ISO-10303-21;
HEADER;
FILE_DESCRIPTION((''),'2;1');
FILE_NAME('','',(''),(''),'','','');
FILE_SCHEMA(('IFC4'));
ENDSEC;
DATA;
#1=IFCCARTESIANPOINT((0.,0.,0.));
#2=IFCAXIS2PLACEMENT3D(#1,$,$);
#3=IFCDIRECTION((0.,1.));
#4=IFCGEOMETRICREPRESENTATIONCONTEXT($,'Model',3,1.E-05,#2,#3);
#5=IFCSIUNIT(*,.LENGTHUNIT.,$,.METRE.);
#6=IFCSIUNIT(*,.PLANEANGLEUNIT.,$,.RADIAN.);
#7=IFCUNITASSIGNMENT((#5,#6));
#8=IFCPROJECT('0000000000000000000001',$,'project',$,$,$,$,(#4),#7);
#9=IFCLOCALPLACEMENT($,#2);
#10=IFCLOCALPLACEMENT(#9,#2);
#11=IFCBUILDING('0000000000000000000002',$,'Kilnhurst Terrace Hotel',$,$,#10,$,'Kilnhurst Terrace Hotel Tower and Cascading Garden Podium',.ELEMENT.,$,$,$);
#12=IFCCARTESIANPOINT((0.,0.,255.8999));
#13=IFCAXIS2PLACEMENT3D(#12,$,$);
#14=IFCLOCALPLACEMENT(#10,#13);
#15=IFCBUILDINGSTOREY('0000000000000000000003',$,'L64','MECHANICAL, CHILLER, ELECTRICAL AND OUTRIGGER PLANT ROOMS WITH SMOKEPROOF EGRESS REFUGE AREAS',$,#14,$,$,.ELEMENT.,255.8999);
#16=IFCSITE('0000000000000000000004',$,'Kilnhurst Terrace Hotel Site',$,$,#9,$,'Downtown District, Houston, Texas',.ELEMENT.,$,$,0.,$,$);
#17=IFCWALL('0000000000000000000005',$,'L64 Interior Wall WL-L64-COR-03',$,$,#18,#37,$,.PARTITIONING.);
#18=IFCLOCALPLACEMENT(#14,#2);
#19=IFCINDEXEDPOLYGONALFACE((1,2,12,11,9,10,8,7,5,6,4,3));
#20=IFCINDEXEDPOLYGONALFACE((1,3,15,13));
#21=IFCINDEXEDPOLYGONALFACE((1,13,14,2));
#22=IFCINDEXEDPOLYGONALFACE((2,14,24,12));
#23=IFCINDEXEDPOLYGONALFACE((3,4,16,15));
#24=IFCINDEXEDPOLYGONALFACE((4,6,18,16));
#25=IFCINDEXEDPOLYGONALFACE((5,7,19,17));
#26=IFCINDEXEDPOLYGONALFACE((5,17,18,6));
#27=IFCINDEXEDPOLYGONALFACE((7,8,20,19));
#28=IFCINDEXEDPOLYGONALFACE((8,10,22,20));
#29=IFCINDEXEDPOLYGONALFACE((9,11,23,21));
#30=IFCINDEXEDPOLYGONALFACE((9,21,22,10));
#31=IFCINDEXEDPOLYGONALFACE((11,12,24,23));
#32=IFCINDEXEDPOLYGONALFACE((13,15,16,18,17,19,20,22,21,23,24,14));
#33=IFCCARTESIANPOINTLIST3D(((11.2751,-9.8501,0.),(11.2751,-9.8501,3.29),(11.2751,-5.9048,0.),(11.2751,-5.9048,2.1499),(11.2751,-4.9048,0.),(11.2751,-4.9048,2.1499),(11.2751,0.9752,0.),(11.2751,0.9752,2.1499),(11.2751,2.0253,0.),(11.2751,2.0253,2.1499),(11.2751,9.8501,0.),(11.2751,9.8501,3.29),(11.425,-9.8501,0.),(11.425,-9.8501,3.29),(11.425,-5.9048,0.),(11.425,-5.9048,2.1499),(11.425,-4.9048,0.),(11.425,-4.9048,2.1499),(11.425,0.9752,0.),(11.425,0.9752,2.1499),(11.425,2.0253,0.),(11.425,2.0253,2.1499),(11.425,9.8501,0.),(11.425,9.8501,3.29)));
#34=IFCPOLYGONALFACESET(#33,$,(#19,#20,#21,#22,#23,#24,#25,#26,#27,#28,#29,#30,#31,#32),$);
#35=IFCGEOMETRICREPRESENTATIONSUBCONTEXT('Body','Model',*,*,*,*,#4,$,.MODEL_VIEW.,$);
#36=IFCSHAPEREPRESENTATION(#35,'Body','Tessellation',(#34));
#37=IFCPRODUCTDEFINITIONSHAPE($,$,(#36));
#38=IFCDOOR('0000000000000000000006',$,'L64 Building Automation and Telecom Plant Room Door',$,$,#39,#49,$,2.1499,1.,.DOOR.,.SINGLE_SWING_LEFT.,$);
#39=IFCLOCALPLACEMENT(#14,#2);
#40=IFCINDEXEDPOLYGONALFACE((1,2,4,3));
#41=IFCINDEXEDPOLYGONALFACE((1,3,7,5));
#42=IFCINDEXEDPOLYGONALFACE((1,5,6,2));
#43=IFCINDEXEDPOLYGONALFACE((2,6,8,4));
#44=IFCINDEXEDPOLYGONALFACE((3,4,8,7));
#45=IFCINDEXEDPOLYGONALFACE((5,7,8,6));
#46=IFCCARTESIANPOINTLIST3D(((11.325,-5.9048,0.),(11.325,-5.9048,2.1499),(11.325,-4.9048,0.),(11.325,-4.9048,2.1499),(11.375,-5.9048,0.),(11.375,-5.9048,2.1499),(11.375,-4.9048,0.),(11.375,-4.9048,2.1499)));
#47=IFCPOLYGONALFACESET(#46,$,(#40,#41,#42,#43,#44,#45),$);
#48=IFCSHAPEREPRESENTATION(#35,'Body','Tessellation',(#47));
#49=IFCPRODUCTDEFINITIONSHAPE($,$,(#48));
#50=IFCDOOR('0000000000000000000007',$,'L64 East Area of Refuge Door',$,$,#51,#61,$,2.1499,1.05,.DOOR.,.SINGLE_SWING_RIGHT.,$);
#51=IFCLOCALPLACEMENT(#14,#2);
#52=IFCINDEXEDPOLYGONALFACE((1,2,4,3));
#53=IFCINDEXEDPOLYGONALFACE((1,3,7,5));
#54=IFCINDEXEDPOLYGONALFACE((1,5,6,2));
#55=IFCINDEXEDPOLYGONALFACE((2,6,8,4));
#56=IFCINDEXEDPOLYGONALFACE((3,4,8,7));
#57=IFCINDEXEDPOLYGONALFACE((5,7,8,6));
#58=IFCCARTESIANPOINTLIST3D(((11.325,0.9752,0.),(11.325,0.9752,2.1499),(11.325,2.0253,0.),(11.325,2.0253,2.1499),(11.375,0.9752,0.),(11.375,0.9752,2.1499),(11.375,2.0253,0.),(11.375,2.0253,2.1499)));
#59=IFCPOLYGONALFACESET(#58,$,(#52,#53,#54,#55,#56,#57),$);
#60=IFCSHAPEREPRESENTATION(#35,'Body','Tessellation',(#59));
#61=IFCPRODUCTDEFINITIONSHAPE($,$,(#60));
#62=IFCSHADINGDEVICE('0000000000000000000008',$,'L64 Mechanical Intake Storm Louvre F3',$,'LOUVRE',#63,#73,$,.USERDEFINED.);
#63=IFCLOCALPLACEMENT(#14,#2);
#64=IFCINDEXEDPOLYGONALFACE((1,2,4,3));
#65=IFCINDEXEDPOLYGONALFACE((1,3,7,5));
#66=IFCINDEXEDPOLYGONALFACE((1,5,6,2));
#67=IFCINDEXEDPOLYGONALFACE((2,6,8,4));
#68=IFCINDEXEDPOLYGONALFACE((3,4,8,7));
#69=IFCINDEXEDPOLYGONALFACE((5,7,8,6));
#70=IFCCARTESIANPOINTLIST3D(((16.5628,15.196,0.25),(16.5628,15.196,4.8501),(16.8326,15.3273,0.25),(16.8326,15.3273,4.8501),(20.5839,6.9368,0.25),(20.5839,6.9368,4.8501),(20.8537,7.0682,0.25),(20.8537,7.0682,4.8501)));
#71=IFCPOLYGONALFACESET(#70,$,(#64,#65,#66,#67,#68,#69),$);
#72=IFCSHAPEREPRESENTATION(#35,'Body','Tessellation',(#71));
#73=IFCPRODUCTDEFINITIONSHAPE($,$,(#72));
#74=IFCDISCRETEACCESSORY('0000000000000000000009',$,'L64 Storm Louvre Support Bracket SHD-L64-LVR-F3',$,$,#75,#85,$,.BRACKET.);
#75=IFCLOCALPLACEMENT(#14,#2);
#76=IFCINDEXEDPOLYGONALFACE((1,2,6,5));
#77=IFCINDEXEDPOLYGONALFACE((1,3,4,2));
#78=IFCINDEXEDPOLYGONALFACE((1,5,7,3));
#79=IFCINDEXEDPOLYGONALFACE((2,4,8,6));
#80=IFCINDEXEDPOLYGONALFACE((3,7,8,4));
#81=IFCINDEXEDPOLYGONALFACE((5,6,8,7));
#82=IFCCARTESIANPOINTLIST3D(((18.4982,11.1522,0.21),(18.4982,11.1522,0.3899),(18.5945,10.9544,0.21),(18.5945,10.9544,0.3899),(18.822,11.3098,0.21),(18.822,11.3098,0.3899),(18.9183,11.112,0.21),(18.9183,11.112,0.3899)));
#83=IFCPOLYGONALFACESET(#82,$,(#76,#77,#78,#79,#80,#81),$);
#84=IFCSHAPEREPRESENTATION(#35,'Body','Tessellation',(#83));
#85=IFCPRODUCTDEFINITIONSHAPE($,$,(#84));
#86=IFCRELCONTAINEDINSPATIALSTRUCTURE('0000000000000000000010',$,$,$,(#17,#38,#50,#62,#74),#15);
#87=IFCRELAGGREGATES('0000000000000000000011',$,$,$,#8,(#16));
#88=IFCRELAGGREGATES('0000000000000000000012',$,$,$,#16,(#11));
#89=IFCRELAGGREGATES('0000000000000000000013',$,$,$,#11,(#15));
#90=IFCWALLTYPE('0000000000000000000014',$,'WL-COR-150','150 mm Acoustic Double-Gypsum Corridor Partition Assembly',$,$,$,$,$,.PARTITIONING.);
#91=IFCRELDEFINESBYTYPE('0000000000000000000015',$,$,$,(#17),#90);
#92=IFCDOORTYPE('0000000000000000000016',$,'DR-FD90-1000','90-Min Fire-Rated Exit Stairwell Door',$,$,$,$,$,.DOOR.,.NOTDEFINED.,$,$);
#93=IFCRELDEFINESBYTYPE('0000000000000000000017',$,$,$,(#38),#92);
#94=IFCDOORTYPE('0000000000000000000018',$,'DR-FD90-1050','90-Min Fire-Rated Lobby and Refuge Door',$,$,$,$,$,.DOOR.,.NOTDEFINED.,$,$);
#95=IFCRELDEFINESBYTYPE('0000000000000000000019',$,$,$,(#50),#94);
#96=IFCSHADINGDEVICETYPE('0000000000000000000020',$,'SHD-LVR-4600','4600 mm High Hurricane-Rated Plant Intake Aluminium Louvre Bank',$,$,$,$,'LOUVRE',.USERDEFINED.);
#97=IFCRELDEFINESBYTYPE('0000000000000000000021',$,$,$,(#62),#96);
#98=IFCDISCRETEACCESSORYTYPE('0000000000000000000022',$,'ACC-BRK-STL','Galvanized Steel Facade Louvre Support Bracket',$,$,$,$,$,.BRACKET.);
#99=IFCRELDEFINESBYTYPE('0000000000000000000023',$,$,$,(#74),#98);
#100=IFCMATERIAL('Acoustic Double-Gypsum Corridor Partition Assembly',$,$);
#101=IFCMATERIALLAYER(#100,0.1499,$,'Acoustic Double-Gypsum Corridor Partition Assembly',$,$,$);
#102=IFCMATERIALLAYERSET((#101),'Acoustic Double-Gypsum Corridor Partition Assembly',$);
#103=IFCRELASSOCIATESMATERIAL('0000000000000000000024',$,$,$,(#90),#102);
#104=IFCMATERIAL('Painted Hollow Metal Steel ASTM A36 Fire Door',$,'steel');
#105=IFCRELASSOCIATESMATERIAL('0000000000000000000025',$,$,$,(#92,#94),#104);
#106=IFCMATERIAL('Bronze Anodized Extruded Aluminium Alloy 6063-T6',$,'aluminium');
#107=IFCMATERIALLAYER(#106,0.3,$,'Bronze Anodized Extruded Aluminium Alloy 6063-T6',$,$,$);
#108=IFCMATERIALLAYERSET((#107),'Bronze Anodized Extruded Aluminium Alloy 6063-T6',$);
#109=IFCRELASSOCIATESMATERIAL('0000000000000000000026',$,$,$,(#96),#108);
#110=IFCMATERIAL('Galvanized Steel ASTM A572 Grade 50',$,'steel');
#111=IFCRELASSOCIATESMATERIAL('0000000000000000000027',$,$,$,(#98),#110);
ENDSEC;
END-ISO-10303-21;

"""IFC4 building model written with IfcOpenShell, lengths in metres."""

from ifc_helpers import new_model, si_unit, direction, frame, frame_2d, origin, origin_2d, place, context, subcontext, project, spatial, rectangle, extrude, material, layer, layer_set, type_object, element, fill, save


model = new_model("IFC4")

# Units and contexts
model_context = context("Model", 3, precision=1e-05, world=origin(), true_north=direction((0.0, 1.0)))
body_context = subcontext(model_context, "Body", "Model", "MODEL_VIEW")
ifc_project = project(units=[si_unit("LENGTHUNIT", "METRE"), si_unit("PLANEANGLEUNIT", "RADIAN")], contexts=[model_context])

# Site, building, storey
site_placement = place(None, origin())
site = spatial("IfcSite", under=ifc_project, at=site_placement, Name="Kilnhurst Terrace Hotel Site", LongName="Downtown District, Houston, Texas", CompositionType="ELEMENT", RefElevation=0.0)
building_placement = place(site_placement, origin())
building = spatial("IfcBuilding", under=site, at=building_placement, Name="Kilnhurst Terrace Hotel", LongName="Kilnhurst Terrace Hotel Tower and Cascading Garden Podium", CompositionType="ELEMENT")
storey_placement = place(building_placement, frame((0.0, 0.0, 255.8999)))
storey = spatial("IfcBuildingStorey", under=building, at=storey_placement, Name="L64", Description="MECHANICAL, CHILLER, ELECTRICAL AND OUTRIGGER PLANT ROOMS WITH SMOKEPROOF EGRESS REFUGE AREAS", CompositionType="ELEMENT", Elevation=255.8999)

# Wall, openings, doors
ifc_material_1 = material(Name="Acoustic Double-Gypsum Corridor Partition Assembly")
ifc_layer_1 = layer(ifc_material_1, 0.1499, Name="Acoustic Double-Gypsum Corridor Partition Assembly")
ifc_layer_set_1 = layer_set([ifc_layer_1], Name="Acoustic Double-Gypsum Corridor Partition Assembly")
wall_type_1 = type_object("IfcWallType", Name="WL-COR-150", Description="150 mm Acoustic Double-Gypsum Corridor Partition Assembly", PredefinedType="PARTITIONING", material=ifc_layer_set_1)
wall_1_placement = place(storey_placement, frame((11.3501, 9.8501, 0.0), z_axis=(0.0, 0.0, 1.0), x_axis=(0.0, -1.0, 0.0)))
wall_1 = element("IfcWall", 1, at=wall_1_placement, inside=storey, type_object=wall_type_1, Name="L64 Interior Wall WL-L64-COR-03", PredefinedType="PARTITIONING", context=body_context, shape_type="SweptSolid", body=[
    extrude(rectangle(XDim=19.7002, YDim=0.1499, at=frame_2d((9.8501, 0.0))), origin(), (0.0, 0.0, 1.0), 3.29),
])
opening_1_placement = place(wall_1_placement, frame((7.825, 0.0, 0.0)))
opening_1 = element("IfcOpeningElement", 2, at=opening_1_placement, cuts=wall_1, PredefinedType="OPENING", context=body_context, shape_type="SweptSolid", body=[
    extrude(rectangle(XDim=1.05, YDim=2.1499, at=frame_2d((0.5249, 1.075))), frame((0.0, 0.085, 0.0), z_axis=(0.0, -1.0, 0.0), x_axis=(1.0, 0.0, 0.0)), (0.0, 0.0, 1.0), 0.1699),
])
opening_2_placement = place(wall_1_placement, frame((14.7549, 0.0, 0.0)))
opening_2 = element("IfcOpeningElement", 3, at=opening_2_placement, cuts=wall_1, PredefinedType="OPENING", context=body_context, shape_type="SweptSolid", body=[
    extrude(rectangle(XDim=1.0, YDim=2.1499, at=frame_2d((0.5, 1.075))), frame((0.0, 0.085, 0.0), z_axis=(0.0, -1.0, 0.0), x_axis=(1.0, 0.0, 0.0)), (0.0, 0.0, 1.0), 0.1699),
])
ifc_material_2 = material(Name="Painted Hollow Metal Steel ASTM A36 Fire Door", Category="steel")
door_type_1 = type_object("IfcDoorType", Name="DR-FD90-1000", Description="90-Min Fire-Rated Exit Stairwell Door", OperationType="NOTDEFINED", PredefinedType="DOOR", material=ifc_material_2)
door_1_placement = place(opening_2_placement, origin())
door_1 = element("IfcDoor", 4, at=door_1_placement, inside=storey, type_object=door_type_1, Name="L64 Building Automation and Telecom Plant Room Door", OperationType="SINGLE_SWING_LEFT", OverallHeight=2.1499, OverallWidth=1.0, PredefinedType="DOOR", context=body_context, shape_type="SweptSolid", body=[
    extrude(rectangle(XDim=1.0, YDim=2.1499, at=frame_2d((0.5, 1.075))), frame((0.0, 0.0249, 0.0), z_axis=(0.0, -1.0, 0.0), x_axis=(1.0, 0.0, 0.0)), (0.0, 0.0, 1.0), 0.05),
])
fill(opening_2, door_1)
door_type_2 = type_object("IfcDoorType", Name="DR-FD90-1050", Description="90-Min Fire-Rated Lobby and Refuge Door", OperationType="NOTDEFINED", PredefinedType="DOOR", material=ifc_material_2)
door_2_placement = place(opening_1_placement, origin())
door_2 = element("IfcDoor", 5, at=door_2_placement, inside=storey, type_object=door_type_2, Name="L64 East Area of Refuge Door", OperationType="SINGLE_SWING_RIGHT", OverallHeight=2.1499, OverallWidth=1.05, PredefinedType="DOOR", context=body_context, shape_type="SweptSolid", body=[
    extrude(rectangle(XDim=1.05, YDim=2.1499, at=frame_2d((0.5249, 1.075))), frame((0.0, 0.0249, 0.0), z_axis=(0.0, -1.0, 0.0), x_axis=(1.0, 0.0, 0.0)), (0.0, 0.0, 1.0), 0.05),
])
fill(opening_1, door_2)

# Shading device
ifc_material_3 = material(Name="Bronze Anodized Extruded Aluminium Alloy 6063-T6", Category="aluminium")
ifc_layer_2 = layer(ifc_material_3, 0.3, Name="Bronze Anodized Extruded Aluminium Alloy 6063-T6")
ifc_layer_set_2 = layer_set([ifc_layer_2], Name="Bronze Anodized Extruded Aluminium Alloy 6063-T6")
shading_device_type = type_object("IfcShadingDeviceType", Name="SHD-LVR-4600", Description="4600 mm High Hurricane-Rated Plant Intake Aluminium Louvre Bank", ElementType="LOUVRE", PredefinedType="USERDEFINED", material=ifc_layer_set_2)
shading_device_placement = place(storey_placement, frame((18.7083, 11.1321, 0.25), z_axis=(0.0, 0.0, 1.0), x_axis=(-0.437744, 0.8991, 0.0)))
element("IfcShadingDevice", 6, at=shading_device_placement, inside=storey, type_object=shading_device_type, Name="L64 Mechanical Intake Storm Louvre F3", ObjectType="LOUVRE", PredefinedType="USERDEFINED", context=body_context, shape_type="SweptSolid", body=[
    extrude(rectangle(XDim=9.186, YDim=0.3, at=origin_2d()), origin(), (0.0, 0.0, 1.0), 4.6001),
])

# Discrete accessory
ifc_material_4 = material(Name="Galvanized Steel ASTM A572 Grade 50", Category="steel")
discrete_accessory_type = type_object("IfcDiscreteAccessoryType", Name="ACC-BRK-STL", Description="Galvanized Steel Facade Louvre Support Bracket", PredefinedType="BRACKET", material=ifc_material_4)
discrete_accessory_placement = place(storey_placement, frame((18.7083, 11.1321, 0.21), z_axis=(0.0, 0.0, 1.0), x_axis=(-0.437744, 0.8991, 0.0)))
element("IfcDiscreteAccessory", 7, at=discrete_accessory_placement, inside=storey, type_object=discrete_accessory_type, Name="L64 Storm Louvre Support Bracket SHD-L64-LVR-F3", PredefinedType="BRACKET", context=body_context, shape_type="SweptSolid", body=[
    extrude(rectangle(XDim=0.22, YDim=0.3601, at=origin_2d()), origin(), (0.0, 0.0, 1.0), 0.1799),
])

save(model, "model.ifc")
